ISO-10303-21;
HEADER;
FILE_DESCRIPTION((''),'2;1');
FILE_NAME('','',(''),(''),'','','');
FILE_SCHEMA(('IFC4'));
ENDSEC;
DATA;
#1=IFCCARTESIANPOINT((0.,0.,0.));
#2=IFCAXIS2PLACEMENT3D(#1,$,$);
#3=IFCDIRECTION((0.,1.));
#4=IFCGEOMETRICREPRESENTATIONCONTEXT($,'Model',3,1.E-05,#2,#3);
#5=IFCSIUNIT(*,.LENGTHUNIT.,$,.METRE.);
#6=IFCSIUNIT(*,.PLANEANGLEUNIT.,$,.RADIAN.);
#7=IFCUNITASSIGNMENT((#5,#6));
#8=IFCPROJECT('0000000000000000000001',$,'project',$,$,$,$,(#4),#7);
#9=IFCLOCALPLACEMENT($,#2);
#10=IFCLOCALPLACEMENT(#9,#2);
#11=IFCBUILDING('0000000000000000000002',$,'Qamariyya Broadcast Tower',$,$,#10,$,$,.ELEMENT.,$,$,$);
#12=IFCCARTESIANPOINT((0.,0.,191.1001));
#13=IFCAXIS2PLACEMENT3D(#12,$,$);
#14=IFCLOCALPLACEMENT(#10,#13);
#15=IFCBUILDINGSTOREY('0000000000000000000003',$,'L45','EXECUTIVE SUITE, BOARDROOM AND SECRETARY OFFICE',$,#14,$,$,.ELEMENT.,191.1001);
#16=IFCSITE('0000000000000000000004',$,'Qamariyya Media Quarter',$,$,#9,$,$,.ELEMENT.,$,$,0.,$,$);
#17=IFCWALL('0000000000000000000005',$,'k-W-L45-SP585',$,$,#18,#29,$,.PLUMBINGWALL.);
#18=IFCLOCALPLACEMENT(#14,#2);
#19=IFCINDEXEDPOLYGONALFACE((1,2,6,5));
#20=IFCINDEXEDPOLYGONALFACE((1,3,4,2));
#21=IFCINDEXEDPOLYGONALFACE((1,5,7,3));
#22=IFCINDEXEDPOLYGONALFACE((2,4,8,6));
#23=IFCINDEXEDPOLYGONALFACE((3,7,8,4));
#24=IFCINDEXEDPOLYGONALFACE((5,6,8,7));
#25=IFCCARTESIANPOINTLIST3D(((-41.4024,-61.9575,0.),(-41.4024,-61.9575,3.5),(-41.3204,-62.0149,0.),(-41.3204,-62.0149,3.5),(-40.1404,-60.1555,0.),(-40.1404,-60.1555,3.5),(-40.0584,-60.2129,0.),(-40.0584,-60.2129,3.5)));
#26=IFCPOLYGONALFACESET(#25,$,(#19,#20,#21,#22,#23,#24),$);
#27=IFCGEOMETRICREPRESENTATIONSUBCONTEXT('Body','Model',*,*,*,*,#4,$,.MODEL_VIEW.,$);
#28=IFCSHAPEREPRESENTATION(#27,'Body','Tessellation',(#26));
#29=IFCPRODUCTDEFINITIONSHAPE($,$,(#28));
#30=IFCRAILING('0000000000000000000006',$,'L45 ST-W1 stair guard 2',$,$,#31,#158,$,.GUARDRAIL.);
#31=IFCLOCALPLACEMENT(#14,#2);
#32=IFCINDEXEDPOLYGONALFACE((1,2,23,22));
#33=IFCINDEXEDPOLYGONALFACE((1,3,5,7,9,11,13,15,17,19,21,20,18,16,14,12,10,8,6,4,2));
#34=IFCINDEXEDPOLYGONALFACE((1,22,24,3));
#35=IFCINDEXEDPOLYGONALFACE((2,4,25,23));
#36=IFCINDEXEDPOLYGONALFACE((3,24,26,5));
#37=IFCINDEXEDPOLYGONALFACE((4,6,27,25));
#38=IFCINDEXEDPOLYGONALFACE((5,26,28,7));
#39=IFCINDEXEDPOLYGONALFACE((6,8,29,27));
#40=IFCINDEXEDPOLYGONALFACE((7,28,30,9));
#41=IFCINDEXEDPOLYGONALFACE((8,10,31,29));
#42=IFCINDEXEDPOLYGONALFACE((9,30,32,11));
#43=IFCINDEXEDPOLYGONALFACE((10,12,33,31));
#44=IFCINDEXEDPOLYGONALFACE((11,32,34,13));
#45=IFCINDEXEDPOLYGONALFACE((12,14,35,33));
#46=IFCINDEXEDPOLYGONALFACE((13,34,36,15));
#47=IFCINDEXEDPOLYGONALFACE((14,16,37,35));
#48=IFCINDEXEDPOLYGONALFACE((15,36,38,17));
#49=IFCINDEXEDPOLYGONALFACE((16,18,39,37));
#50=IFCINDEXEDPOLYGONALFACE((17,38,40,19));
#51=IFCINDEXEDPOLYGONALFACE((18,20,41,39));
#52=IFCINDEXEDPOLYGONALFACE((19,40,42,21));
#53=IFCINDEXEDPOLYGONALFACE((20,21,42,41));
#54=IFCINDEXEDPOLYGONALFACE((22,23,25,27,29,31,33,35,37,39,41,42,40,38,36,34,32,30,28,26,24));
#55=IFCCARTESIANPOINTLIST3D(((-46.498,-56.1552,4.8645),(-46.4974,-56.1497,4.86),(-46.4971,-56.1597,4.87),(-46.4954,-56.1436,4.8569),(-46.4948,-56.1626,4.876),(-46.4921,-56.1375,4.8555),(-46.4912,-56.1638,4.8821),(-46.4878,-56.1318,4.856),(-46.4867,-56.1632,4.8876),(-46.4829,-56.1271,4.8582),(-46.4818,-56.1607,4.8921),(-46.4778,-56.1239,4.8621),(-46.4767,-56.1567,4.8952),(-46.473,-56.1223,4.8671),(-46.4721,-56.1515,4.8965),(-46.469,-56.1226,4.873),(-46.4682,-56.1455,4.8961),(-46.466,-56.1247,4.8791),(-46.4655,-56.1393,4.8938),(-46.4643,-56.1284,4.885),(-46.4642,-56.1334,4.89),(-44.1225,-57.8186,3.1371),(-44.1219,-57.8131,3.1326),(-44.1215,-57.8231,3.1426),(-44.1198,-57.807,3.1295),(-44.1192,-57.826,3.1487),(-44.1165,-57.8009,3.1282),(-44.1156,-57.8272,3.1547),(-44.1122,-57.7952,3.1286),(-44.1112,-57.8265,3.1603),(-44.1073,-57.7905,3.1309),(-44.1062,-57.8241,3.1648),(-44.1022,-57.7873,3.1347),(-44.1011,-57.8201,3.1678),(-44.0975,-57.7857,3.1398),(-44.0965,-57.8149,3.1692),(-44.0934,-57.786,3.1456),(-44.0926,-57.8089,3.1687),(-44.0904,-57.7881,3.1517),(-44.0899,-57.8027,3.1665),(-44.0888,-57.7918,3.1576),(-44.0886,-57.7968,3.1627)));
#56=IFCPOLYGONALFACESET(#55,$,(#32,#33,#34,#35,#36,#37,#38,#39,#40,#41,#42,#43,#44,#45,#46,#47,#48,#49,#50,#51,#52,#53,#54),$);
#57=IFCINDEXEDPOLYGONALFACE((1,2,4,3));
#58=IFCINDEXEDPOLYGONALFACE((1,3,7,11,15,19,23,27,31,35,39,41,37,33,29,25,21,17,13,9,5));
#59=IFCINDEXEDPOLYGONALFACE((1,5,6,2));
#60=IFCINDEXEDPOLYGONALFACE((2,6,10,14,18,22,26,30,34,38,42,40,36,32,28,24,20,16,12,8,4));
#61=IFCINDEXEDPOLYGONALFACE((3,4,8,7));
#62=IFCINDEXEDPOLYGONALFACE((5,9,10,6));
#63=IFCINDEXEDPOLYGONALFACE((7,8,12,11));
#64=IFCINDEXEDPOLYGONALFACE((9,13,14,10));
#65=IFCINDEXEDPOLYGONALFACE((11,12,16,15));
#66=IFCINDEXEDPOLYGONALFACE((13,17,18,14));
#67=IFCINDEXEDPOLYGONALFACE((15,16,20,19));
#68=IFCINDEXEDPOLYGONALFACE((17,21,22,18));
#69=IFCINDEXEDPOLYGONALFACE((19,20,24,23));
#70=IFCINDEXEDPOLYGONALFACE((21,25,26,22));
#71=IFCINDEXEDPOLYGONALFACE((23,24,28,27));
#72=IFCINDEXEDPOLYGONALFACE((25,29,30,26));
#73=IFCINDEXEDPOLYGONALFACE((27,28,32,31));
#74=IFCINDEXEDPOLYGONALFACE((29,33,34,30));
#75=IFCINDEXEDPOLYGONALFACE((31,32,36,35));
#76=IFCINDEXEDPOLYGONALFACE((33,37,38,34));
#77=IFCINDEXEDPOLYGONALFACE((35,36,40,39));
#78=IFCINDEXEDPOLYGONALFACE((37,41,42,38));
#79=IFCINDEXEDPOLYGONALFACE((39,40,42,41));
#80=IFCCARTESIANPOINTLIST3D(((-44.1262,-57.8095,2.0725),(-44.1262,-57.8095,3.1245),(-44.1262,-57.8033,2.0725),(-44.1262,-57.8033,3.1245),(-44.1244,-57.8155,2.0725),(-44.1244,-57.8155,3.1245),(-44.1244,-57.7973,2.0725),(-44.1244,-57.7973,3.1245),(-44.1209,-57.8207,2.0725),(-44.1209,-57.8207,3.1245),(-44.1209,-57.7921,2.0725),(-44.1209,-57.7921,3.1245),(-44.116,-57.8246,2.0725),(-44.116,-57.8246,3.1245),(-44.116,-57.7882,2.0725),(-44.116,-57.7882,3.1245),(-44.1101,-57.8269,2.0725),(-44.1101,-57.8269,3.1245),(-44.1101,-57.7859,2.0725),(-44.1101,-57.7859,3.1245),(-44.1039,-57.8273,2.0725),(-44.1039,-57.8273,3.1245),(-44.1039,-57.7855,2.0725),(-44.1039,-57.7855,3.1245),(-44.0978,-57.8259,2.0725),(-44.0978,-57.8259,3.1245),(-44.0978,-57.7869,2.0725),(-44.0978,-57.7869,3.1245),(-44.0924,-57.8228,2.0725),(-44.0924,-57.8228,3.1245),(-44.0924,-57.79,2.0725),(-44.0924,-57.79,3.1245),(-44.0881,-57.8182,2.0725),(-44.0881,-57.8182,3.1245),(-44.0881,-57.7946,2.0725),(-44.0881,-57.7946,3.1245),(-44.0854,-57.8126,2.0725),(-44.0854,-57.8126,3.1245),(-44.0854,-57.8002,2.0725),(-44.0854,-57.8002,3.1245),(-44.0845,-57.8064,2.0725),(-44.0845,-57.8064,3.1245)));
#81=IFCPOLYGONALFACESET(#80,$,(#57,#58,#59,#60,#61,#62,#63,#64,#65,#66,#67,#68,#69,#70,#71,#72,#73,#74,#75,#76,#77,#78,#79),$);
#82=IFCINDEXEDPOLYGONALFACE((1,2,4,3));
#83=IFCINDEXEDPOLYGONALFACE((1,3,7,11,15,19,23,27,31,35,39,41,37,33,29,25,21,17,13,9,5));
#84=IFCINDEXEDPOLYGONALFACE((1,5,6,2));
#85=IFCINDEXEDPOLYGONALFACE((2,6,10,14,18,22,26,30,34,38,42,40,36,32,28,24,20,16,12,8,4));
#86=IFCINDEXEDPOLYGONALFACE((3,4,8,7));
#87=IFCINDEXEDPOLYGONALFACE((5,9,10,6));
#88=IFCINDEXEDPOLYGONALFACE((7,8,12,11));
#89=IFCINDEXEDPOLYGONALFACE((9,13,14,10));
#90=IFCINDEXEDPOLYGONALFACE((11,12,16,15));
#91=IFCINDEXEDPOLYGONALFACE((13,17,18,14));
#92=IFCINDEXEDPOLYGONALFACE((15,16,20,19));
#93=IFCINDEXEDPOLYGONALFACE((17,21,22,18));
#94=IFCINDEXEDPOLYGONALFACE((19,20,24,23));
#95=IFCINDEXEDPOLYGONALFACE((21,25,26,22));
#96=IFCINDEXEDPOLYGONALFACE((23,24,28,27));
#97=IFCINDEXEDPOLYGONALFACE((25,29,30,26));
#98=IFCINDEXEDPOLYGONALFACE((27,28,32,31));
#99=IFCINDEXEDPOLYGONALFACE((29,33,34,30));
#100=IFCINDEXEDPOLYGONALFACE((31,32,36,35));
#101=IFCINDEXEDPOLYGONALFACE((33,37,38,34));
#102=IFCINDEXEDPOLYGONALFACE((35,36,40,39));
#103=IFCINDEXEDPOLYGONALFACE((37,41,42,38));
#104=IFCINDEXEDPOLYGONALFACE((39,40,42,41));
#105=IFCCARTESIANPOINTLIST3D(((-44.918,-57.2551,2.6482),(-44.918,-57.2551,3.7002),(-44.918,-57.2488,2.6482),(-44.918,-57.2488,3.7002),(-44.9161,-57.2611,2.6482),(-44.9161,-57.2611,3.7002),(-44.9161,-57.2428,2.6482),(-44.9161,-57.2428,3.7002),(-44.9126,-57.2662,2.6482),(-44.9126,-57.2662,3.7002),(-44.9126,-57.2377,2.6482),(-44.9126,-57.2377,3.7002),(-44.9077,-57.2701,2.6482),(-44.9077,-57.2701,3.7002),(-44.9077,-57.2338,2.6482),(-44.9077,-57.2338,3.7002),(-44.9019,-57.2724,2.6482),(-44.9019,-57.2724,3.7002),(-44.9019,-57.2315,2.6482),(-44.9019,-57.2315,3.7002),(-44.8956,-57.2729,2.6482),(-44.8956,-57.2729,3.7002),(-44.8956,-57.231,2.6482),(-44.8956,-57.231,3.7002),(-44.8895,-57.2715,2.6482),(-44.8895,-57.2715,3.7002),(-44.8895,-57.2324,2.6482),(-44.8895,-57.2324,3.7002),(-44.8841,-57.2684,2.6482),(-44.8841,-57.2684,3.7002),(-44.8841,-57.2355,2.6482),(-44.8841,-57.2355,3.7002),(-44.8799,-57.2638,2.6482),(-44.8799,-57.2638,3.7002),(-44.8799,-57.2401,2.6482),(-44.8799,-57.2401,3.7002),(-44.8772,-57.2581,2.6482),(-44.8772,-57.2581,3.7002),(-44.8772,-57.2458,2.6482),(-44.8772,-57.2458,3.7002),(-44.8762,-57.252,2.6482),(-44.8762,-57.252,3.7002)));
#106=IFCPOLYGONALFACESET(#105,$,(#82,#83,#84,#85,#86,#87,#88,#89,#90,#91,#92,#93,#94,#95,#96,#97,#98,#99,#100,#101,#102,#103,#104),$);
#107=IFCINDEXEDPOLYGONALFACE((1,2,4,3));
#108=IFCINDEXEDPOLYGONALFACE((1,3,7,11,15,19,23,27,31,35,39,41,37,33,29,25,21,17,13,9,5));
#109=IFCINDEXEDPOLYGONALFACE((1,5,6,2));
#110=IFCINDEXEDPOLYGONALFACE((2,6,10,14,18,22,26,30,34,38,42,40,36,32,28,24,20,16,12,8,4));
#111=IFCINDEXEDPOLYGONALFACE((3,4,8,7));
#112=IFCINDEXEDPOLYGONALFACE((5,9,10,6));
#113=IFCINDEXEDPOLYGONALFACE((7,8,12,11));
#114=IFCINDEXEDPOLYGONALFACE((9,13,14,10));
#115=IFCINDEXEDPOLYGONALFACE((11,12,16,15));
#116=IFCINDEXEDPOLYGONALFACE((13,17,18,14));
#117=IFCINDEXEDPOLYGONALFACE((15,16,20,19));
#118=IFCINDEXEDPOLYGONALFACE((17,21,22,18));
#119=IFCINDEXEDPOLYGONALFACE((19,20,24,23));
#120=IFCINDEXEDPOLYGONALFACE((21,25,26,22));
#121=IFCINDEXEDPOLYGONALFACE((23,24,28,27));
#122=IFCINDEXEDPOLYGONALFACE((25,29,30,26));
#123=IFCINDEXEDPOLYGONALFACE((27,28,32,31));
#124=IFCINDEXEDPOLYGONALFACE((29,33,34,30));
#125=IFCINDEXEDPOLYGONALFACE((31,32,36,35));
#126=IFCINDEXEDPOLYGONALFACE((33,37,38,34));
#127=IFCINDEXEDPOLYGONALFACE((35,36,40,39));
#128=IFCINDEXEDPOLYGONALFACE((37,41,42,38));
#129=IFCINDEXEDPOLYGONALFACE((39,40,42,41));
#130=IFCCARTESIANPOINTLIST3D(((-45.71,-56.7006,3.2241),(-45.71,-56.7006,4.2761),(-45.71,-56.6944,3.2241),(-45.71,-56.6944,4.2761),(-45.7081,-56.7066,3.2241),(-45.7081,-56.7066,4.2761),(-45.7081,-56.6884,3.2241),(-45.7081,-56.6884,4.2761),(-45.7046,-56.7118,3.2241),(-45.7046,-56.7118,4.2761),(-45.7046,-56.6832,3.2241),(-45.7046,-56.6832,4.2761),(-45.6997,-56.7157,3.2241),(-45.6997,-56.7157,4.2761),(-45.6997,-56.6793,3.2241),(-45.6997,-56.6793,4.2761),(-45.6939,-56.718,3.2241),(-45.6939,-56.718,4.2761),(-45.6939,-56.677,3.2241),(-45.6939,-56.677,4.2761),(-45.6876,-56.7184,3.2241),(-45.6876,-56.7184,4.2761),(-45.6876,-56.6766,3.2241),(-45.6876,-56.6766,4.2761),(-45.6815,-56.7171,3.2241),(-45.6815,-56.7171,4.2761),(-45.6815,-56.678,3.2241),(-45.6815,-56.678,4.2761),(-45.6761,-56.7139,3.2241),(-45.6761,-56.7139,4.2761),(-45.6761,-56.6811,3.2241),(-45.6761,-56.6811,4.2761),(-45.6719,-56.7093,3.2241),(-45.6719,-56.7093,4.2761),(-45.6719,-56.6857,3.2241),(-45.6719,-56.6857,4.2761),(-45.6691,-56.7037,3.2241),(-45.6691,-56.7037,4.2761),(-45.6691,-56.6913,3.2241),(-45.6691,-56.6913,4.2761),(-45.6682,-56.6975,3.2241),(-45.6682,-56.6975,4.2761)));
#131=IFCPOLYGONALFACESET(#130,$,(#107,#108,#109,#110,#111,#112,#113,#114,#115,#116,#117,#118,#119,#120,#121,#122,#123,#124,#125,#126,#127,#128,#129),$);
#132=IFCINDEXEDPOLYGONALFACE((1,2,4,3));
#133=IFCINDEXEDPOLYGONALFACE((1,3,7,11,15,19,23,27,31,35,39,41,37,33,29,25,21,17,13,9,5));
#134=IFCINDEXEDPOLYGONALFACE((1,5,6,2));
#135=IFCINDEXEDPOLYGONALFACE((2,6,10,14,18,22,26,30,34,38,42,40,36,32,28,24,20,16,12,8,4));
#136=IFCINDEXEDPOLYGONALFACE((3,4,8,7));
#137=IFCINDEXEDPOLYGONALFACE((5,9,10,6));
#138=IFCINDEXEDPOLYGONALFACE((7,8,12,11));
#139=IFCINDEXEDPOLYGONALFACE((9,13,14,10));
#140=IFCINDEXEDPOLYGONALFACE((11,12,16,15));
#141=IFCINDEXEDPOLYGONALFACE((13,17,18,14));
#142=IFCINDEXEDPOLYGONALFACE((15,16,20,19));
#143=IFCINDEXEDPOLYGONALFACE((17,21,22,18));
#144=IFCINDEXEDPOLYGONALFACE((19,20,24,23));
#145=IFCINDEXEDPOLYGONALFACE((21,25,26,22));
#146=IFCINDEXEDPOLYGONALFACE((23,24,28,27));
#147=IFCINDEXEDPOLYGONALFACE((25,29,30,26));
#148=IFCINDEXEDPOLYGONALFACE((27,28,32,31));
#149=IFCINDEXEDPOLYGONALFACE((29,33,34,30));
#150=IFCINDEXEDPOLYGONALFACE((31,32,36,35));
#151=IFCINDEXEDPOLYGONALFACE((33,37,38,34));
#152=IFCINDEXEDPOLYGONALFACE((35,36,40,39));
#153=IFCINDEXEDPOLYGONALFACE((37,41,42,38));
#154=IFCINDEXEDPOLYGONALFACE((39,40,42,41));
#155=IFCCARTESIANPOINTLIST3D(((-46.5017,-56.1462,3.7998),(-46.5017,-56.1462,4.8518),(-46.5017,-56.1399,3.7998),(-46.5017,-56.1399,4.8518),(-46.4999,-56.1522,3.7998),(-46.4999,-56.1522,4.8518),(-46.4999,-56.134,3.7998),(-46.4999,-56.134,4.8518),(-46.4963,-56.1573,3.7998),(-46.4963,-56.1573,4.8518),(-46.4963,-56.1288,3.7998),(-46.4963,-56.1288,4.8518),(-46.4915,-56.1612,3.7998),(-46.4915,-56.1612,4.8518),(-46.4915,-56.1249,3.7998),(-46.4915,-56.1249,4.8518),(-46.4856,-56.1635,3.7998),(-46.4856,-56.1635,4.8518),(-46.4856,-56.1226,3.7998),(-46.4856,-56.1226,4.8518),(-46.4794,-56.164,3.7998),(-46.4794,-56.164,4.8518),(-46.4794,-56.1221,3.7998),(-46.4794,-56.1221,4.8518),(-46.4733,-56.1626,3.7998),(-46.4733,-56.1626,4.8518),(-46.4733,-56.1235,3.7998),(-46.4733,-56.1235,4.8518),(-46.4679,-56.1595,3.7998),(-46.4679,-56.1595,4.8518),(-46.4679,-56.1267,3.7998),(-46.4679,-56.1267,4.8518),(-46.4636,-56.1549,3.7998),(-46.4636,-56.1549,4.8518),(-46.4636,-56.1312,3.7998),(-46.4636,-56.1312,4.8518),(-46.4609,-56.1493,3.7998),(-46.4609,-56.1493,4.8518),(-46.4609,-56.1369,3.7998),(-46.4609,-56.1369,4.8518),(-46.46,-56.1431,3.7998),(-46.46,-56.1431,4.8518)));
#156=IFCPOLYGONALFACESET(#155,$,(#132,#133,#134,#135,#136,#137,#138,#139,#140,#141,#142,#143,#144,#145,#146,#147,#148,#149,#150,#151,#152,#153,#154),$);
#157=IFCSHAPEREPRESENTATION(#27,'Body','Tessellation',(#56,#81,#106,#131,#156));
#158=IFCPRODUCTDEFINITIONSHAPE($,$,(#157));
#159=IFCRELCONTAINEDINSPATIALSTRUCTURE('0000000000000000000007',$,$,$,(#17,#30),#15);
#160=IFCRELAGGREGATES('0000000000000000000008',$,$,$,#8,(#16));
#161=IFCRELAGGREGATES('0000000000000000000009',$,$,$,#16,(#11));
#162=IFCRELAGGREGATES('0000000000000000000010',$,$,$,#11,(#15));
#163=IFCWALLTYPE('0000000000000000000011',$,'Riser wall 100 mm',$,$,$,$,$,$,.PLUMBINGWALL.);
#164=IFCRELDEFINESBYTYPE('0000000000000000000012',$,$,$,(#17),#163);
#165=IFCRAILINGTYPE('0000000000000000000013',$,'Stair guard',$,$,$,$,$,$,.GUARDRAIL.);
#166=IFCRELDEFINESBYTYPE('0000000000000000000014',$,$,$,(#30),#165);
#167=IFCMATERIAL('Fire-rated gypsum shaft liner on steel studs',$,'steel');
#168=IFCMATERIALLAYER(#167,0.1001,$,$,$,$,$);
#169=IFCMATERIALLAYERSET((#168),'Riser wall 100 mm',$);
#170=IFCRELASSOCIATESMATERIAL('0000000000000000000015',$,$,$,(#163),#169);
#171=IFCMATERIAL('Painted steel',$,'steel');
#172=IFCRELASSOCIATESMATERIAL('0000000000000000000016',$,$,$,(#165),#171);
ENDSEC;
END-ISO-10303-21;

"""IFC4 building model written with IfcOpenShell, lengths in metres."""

from ifc_helpers import new_model, si_unit, direction, frame, frame_2d, origin, origin_2d, place, context, subcontext, project, spatial, rectangle, circle, extrude, material, layer, layer_set, type_object, element, save


model = new_model("IFC4")

# Units and contexts
model_context = context("Model", 3, precision=1e-05, world=origin(), true_north=direction((0.0, 1.0)))
body_context = subcontext(model_context, "Body", "Model", "MODEL_VIEW")
ifc_project = project(units=[si_unit("LENGTHUNIT", "METRE"), si_unit("PLANEANGLEUNIT", "RADIAN")], contexts=[model_context])

# Site, building, storey
site_placement = place(None, origin())
site = spatial("IfcSite", under=ifc_project, at=site_placement, Name="Qamariyya Media Quarter", CompositionType="ELEMENT", RefElevation=0.0)
building_placement = place(site_placement, origin())
building = spatial("IfcBuilding", under=site, at=building_placement, Name="Qamariyya Broadcast Tower", CompositionType="ELEMENT")
storey_placement = place(building_placement, frame((0.0, 0.0, 191.1001)))
storey = spatial("IfcBuildingStorey", under=building, at=storey_placement, Name="L45", Description="EXECUTIVE SUITE, BOARDROOM AND SECRETARY OFFICE", CompositionType="ELEMENT", Elevation=191.1001)

# Wall
ifc_material_1 = material(Name="Fire-rated gypsum shaft liner on steel studs", Category="steel")
ifc_layer_1 = layer(ifc_material_1, 0.1001)
ifc_layer_set_1 = layer_set([ifc_layer_1], Name="Riser wall 100 mm")
wall_type_1 = type_object("IfcWallType", Name="Riser wall 100 mm", PredefinedType="PLUMBINGWALL", material=ifc_layer_set_1)
wall_1_placement = place(storey_placement, frame((-40.0994, -60.1841, 0.0), z_axis=(0.0, 0.0, 1.0), x_axis=(-0.573634, -0.819112, 0.0)))
element("IfcWall", 1, at=wall_1_placement, inside=storey, type_object=wall_type_1, Name="k-W-L45-SP585", PredefinedType="PLUMBINGWALL", context=body_context, shape_type="SweptSolid", body=[
    extrude(rectangle(XDim=2.2, YDim=0.1001, at=frame_2d((1.1001, 0.0))), origin(), (0.0, 0.0, 1.0), 3.5),
])

# Railing
ifc_material_2 = material(Name="Painted steel", Category="steel")
railing_type_1 = type_object("IfcRailingType", Name="Stair guard", PredefinedType="GUARDRAIL", material=ifc_material_2)
railing_1_placement = place(storey_placement, frame((-44.1055, -57.8064, 2.0725)))
element("IfcRailing", 2, at=railing_1_placement, inside=storey, type_object=railing_type_1, Name="L45 ST-W1 stair guard 2", PredefinedType="GUARDRAIL", context=body_context, shape_type="SweptSolid", body=[
    extrude(circle(Radius=0.0239, at=origin_2d()), frame((0.0, 0.0, 1.0762), z_axis=(-0.70377, 0.492784, 0.511734), x_axis=(-0.573575, -0.819153, 0.0)), (0.0, 0.0, 1.0), 3.3755),
    extrude(circle(Radius=0.021, at=origin_2d()), origin(), (0.0, 0.0, 1.0), 1.052),
    extrude(circle(Radius=0.021, at=origin_2d()), frame((-0.7917, 0.5544, 0.5757)), (0.0, 0.0, 1.0), 1.052),
    extrude(circle(Radius=0.021, at=origin_2d()), frame((-1.5837, 1.1089, 1.1516)), (0.0, 0.0, 1.0), 1.052),
    extrude(circle(Radius=0.021, at=origin_2d()), frame((-2.3755, 1.6633, 1.7273)), (0.0, 0.0, 1.0), 1.052),
])

save(model, "model.ifc")
